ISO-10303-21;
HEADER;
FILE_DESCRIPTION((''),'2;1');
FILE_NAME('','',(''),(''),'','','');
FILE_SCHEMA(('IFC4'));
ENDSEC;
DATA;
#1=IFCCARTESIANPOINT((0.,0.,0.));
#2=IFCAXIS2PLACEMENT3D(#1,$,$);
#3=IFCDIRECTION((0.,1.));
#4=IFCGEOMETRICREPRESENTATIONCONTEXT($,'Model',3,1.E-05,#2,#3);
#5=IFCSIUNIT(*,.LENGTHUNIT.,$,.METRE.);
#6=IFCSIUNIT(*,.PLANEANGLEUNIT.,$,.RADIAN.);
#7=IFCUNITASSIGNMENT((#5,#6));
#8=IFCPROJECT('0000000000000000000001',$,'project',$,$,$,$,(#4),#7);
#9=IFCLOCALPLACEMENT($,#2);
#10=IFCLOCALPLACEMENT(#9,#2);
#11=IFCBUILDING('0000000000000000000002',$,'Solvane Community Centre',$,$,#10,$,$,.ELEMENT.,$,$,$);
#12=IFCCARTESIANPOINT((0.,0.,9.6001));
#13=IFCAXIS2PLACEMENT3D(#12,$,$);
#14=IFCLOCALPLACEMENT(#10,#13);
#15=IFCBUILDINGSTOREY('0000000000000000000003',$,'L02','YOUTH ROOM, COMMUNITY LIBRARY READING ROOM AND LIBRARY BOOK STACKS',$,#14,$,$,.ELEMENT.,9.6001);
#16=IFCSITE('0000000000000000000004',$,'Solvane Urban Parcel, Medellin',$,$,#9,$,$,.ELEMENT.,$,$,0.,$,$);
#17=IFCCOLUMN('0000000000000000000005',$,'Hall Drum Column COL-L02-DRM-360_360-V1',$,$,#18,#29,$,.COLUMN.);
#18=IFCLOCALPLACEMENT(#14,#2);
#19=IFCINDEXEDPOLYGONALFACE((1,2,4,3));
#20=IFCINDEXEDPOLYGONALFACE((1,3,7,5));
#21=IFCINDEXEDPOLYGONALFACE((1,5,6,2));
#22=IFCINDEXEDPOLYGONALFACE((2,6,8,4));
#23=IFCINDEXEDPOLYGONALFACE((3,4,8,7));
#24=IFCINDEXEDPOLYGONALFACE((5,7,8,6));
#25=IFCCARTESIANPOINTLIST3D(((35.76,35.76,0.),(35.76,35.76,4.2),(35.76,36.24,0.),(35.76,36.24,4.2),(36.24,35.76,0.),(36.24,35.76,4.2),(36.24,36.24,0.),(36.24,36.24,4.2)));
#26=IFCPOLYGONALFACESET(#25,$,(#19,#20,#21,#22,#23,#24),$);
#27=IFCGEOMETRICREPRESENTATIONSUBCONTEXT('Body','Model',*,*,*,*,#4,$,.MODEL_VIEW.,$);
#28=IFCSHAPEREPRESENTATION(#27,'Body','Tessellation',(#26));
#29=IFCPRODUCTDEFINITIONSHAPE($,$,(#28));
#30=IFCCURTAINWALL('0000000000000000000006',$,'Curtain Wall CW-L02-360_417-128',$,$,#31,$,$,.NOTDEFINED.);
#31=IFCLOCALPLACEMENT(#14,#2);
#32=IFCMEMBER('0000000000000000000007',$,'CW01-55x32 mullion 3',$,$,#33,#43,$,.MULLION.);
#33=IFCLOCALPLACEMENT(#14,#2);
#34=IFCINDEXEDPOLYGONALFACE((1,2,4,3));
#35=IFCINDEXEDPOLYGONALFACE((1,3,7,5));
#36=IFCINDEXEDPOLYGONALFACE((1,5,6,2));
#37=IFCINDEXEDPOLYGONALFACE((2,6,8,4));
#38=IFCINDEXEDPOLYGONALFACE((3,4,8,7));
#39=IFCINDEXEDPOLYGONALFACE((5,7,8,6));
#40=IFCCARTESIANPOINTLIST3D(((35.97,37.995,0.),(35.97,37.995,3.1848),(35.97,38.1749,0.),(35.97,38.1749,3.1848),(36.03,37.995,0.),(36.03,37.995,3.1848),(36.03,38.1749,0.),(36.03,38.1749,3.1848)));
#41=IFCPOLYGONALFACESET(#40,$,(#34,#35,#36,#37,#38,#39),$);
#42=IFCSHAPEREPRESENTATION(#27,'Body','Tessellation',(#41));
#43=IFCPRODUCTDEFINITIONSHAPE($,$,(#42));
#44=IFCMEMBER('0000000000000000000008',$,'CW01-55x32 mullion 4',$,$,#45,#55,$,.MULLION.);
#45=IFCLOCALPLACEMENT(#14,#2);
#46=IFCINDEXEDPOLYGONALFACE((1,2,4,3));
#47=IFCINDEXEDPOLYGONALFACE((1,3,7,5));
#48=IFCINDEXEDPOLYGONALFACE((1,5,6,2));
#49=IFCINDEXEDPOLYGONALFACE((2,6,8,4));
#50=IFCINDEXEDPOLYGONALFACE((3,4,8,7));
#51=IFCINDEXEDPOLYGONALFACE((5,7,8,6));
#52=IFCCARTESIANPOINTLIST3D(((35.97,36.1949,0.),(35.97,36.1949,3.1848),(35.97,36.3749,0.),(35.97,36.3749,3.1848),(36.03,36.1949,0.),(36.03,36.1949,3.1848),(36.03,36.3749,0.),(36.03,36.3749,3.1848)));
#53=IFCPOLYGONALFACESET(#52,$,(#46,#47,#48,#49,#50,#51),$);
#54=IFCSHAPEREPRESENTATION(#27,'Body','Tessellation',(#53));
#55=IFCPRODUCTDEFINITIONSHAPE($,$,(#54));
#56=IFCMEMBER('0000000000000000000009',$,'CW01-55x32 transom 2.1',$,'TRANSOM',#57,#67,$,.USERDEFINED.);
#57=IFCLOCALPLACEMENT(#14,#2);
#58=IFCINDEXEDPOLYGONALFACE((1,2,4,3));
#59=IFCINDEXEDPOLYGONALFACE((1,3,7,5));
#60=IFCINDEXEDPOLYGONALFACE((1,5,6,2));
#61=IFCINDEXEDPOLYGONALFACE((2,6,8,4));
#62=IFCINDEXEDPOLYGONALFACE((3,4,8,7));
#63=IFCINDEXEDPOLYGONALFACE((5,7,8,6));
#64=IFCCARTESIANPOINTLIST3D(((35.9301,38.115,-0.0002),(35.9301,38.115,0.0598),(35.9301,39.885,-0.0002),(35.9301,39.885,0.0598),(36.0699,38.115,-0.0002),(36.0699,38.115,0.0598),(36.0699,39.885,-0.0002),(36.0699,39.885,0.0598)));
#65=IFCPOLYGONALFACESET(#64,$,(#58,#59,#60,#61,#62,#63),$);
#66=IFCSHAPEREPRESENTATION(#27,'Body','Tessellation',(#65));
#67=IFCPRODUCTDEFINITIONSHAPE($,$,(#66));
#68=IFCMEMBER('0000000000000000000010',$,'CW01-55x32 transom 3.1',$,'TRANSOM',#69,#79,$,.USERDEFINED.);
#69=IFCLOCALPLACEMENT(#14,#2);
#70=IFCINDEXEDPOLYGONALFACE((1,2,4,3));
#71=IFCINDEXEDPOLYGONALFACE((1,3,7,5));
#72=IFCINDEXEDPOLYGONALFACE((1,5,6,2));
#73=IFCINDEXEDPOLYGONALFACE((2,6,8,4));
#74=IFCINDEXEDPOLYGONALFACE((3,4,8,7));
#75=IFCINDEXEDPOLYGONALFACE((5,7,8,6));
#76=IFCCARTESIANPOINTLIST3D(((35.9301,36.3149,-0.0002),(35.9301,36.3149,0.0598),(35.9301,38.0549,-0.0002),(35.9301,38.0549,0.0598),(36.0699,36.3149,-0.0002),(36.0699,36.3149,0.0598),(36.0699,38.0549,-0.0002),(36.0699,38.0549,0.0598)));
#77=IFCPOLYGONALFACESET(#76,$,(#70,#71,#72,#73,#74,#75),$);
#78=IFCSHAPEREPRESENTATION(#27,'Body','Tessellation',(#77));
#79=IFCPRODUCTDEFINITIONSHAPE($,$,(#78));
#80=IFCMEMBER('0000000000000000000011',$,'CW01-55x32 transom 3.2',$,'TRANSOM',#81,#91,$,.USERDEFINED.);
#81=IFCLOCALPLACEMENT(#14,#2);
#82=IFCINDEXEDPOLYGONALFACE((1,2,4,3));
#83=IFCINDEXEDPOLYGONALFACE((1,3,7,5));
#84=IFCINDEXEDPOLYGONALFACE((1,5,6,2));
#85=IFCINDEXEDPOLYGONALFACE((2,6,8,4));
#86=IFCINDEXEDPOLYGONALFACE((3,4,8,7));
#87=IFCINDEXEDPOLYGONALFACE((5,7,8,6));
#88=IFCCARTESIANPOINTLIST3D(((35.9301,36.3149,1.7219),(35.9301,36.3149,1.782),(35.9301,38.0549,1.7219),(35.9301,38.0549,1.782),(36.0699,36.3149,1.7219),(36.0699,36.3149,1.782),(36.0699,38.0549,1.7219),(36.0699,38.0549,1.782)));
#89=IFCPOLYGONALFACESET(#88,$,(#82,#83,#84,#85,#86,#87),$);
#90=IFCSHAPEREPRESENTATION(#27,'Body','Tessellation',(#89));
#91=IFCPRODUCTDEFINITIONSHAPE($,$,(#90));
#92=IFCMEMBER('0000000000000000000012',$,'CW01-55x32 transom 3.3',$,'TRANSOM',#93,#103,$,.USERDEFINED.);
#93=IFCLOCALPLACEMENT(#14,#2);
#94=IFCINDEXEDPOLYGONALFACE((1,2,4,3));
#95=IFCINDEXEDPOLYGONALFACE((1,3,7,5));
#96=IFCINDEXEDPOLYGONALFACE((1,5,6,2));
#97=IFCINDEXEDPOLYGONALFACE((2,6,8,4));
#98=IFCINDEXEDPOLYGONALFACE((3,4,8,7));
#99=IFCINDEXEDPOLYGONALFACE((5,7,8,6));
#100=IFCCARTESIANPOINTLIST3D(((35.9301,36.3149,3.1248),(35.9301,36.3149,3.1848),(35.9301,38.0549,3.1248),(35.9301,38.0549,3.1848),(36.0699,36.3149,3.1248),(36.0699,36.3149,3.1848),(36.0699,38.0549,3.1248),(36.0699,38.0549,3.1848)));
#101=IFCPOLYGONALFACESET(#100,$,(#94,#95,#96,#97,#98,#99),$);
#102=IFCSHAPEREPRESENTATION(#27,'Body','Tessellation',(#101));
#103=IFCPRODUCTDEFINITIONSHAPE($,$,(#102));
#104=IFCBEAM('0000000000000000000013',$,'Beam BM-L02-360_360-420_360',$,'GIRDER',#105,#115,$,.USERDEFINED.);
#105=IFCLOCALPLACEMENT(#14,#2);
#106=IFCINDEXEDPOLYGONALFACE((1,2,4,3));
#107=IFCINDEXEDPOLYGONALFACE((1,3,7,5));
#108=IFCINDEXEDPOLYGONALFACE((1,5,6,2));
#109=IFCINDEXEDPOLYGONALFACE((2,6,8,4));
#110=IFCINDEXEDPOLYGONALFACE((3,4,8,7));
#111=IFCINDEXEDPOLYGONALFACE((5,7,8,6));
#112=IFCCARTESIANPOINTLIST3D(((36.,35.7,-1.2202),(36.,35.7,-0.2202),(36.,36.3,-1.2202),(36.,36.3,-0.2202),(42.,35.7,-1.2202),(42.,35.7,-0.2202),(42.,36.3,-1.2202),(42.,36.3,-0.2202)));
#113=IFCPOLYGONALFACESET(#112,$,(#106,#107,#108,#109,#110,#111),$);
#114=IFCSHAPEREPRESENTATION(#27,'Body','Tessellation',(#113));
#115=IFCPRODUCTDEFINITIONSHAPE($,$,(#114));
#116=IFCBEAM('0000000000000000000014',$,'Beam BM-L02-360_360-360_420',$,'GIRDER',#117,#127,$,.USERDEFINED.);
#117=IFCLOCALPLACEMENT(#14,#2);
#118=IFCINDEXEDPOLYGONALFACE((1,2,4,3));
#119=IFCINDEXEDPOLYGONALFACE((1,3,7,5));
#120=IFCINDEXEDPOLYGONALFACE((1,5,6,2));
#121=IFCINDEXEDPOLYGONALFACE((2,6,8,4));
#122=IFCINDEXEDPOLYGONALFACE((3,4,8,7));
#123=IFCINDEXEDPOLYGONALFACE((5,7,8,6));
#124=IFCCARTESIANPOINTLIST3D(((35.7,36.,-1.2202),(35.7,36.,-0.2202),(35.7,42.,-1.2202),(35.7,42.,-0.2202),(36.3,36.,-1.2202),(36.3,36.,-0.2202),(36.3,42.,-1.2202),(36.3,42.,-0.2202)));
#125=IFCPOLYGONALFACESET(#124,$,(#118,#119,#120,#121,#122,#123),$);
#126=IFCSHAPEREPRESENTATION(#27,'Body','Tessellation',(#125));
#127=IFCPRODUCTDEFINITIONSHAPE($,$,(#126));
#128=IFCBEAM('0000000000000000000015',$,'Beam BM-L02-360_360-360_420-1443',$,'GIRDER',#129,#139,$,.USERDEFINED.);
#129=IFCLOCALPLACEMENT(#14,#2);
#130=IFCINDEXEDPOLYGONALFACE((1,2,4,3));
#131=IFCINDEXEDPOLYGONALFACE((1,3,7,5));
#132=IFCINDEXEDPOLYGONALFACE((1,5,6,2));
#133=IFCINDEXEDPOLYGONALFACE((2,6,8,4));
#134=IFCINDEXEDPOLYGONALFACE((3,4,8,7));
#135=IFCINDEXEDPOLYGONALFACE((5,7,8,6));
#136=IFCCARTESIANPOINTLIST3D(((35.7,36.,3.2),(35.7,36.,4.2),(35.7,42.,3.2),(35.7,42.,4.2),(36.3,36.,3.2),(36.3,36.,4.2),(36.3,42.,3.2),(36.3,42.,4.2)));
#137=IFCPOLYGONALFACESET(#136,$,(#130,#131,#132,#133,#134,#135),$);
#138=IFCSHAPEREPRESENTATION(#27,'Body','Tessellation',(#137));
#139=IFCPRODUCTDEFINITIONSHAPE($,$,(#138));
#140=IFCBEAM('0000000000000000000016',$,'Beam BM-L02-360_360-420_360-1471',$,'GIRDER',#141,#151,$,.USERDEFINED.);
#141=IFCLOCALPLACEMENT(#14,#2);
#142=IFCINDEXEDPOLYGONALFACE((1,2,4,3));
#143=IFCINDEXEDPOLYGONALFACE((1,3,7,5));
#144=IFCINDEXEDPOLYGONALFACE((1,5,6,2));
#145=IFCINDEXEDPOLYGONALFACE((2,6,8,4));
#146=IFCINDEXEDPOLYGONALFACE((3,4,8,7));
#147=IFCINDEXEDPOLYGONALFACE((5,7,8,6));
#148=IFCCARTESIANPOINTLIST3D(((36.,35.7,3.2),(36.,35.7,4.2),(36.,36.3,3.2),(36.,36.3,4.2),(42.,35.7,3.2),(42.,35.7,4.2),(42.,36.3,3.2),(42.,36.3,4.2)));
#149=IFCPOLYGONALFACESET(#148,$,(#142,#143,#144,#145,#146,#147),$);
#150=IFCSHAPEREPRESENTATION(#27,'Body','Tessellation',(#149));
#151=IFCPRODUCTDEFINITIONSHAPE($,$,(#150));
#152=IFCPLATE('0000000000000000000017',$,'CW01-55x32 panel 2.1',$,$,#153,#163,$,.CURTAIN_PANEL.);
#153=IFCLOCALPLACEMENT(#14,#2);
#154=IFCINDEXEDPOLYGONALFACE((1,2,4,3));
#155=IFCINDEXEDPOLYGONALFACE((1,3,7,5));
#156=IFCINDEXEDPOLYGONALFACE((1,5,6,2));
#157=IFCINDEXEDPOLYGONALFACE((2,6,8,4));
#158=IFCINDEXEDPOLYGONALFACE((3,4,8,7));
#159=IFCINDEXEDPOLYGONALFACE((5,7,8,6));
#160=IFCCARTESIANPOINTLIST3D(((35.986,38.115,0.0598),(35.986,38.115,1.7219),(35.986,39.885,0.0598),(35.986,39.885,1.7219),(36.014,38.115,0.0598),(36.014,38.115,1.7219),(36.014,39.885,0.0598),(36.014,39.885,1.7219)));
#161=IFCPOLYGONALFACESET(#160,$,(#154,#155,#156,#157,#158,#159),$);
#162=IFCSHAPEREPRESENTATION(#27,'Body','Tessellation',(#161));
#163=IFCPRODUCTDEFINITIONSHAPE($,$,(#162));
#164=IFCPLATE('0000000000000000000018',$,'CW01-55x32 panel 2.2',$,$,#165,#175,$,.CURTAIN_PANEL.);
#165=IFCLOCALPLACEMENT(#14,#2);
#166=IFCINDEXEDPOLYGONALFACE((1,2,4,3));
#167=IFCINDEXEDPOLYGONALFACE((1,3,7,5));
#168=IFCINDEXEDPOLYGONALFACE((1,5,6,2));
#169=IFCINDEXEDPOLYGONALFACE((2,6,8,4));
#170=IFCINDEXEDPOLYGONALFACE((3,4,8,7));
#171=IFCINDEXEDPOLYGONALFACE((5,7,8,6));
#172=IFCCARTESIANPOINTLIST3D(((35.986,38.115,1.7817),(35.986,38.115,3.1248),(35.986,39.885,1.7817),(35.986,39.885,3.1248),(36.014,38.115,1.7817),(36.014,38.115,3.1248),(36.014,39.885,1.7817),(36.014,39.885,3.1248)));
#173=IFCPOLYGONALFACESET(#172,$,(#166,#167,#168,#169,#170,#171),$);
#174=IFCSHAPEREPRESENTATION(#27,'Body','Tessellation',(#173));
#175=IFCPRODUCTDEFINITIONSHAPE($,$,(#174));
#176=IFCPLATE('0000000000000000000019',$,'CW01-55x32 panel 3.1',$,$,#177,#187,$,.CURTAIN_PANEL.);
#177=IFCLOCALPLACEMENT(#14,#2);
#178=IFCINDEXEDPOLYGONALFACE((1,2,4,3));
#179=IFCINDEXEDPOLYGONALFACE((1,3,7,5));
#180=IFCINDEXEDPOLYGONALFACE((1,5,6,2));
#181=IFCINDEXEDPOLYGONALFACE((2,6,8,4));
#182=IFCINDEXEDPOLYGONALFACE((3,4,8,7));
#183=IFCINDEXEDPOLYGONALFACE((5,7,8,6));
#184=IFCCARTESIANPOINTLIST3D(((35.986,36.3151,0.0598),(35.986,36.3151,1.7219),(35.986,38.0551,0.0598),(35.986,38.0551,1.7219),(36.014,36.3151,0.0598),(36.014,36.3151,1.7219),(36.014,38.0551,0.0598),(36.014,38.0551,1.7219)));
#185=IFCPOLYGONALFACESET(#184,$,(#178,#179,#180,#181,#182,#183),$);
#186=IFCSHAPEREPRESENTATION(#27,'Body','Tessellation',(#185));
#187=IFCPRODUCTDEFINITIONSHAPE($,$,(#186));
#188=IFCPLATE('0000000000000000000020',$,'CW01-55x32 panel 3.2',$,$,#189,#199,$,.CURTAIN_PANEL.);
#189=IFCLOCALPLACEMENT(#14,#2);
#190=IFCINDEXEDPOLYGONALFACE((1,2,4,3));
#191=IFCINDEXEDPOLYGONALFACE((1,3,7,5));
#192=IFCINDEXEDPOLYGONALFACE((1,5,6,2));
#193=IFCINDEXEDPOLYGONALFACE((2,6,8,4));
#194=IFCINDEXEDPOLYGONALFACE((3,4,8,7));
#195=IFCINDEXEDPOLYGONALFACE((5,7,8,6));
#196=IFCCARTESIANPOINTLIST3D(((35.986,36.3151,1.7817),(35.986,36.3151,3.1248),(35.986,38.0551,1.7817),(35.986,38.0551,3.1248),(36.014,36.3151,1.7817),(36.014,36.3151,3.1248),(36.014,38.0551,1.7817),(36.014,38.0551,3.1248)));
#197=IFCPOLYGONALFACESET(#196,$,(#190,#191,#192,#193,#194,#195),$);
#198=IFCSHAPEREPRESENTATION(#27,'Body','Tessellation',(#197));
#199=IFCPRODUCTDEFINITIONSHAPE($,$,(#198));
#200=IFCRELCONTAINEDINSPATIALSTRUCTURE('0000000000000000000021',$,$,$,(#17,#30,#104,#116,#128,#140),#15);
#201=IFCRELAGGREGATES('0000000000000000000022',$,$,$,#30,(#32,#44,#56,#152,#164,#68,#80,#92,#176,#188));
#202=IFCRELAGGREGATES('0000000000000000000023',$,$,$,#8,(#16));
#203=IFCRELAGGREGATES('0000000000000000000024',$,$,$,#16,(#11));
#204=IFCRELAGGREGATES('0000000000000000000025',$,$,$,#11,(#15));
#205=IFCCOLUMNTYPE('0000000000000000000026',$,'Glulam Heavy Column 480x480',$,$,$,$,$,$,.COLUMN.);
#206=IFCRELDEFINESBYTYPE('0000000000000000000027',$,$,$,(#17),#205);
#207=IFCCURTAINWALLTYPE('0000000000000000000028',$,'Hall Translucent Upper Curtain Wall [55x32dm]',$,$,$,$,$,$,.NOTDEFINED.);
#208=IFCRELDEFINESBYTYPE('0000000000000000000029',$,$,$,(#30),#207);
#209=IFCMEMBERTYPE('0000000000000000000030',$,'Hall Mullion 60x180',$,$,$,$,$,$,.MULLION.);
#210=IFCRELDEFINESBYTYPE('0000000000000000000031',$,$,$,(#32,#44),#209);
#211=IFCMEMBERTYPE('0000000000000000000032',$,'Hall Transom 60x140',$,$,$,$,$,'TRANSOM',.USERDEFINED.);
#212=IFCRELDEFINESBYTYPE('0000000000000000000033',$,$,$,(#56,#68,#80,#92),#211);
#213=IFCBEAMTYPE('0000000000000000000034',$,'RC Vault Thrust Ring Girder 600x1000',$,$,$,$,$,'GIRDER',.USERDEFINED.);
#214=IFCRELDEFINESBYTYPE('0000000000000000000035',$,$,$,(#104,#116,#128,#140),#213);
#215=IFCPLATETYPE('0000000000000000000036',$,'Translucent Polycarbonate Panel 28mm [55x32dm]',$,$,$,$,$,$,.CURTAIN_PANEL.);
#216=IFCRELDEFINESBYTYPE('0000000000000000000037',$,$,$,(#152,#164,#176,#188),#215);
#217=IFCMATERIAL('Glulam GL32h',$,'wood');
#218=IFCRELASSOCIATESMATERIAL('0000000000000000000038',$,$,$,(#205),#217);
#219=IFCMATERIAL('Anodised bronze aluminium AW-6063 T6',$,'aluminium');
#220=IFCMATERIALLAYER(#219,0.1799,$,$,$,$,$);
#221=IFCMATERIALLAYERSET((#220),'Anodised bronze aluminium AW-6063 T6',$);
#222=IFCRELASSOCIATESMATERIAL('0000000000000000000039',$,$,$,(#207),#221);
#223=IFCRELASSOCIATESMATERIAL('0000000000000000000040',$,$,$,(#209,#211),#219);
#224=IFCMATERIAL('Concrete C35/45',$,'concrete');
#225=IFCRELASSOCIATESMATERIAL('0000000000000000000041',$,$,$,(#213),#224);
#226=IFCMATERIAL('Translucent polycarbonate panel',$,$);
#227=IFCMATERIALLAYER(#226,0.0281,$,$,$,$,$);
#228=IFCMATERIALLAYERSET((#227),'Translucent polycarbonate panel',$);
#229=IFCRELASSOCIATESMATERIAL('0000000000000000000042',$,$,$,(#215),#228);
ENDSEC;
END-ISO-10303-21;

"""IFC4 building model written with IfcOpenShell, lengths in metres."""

from ifc_helpers import new_model, si_unit, direction, frame, origin, origin_2d, place, context, subcontext, project, spatial, rectangle, extrude, material, layer, layer_set, material_profile, profile_set, type_object, element, aggregate, save


model = new_model("IFC4")

# Units and contexts
model_context = context("Model", 3, precision=1e-05, world=origin(), true_north=direction((0.0, 1.0)))
body_context = subcontext(model_context, "Body", "Model", "MODEL_VIEW")
ifc_project = project(units=[si_unit("LENGTHUNIT", "METRE"), si_unit("PLANEANGLEUNIT", "RADIAN")], contexts=[model_context])

# Site, building, storey
site_placement = place(None, origin())
site = spatial("IfcSite", under=ifc_project, at=site_placement, Name="Solvane Urban Parcel, Medellin", CompositionType="ELEMENT", RefElevation=0.0)
building_placement = place(site_placement, origin())
building = spatial("IfcBuilding", under=site, at=building_placement, Name="Solvane Community Centre", CompositionType="ELEMENT")
storey_placement = place(building_placement, frame((0.0, 0.0, 9.6001)))
storey = spatial("IfcBuildingStorey", under=building, at=storey_placement, Name="L02", Description="YOUTH ROOM, COMMUNITY LIBRARY READING ROOM AND LIBRARY BOOK STACKS", CompositionType="ELEMENT", Elevation=9.6001)

# Column
ifc_material_1 = material(Name="Glulam GL32h", Category="wood")
ifc_material_profile_1 = material_profile(ifc_material_1, rectangle(XDim=0.48, YDim=0.48, at=origin_2d()), Name="GL32h 480x480")
ifc_profile_set_1 = profile_set([ifc_material_profile_1], Name="Glulam GL32h")
column_type = type_object("IfcColumnType", Name="Glulam Heavy Column 480x480", PredefinedType="COLUMN", material=ifc_profile_set_1)
column_placement = place(storey_placement, frame((36.0, 36.0, 0.0), z_axis=(0.0, 0.0, 1.0), x_axis=(1.0, 0.0, 0.0)))
element("IfcColumn", 1, at=column_placement, inside=storey, type_object=column_type, Name="Hall Drum Column COL-L02-DRM-360_360-V1", PredefinedType="COLUMN", context=body_context, shape_type="SweptSolid", body=[
    extrude(rectangle(XDim=0.48, YDim=0.48, at=origin_2d()), origin(), (0.0, 0.0, 1.0), 4.2),
])

# Curtain wall, members
ifc_material_2 = material(Name="Anodised bronze aluminium AW-6063 T6", Category="aluminium")
ifc_layer_1 = layer(ifc_material_2, 0.1799)
ifc_layer_set_1 = layer_set([ifc_layer_1], Name="Anodised bronze aluminium AW-6063 T6")
curtain_wall_type = type_object("IfcCurtainWallType", Name="Hall Translucent Upper Curtain Wall [55x32dm]", PredefinedType="NOTDEFINED", material=ifc_layer_set_1)
curtain_wall_placement = place(storey_placement, origin())
curtain_wall = element("IfcCurtainWall", 2, at=curtain_wall_placement, inside=storey, type_object=curtain_wall_type, Name="Curtain Wall CW-L02-360_417-128", PredefinedType="NOTDEFINED")
ifc_material_profile_2 = material_profile(ifc_material_2, rectangle(XDim=0.0601, YDim=0.1799, at=origin_2d()), Name="CW-M 60x180")
ifc_profile_set_2 = profile_set([ifc_material_profile_2], Name="Anodised bronze aluminium AW-6063 T6")
member_type_1 = type_object("IfcMemberType", Name="Hall Mullion 60x180", PredefinedType="MULLION", material=ifc_profile_set_2)
member_1_placement = place(storey_placement, frame((36.0, 38.085, 0.0), z_axis=(0.0, 0.0, 1.0), x_axis=(1.0, 0.0, 0.0)))
member_1 = element("IfcMember", 3, at=member_1_placement, type_object=member_type_1, Name="CW01-55x32 mullion 3", PredefinedType="MULLION", context=body_context, shape_type="SweptSolid", body=[
    extrude(rectangle(XDim=0.0601, YDim=0.1799, at=origin_2d()), origin(), (0.0, 0.0, 1.0), 3.1848),
])
member_2_placement = place(storey_placement, frame((36.0, 36.2849, 0.0), z_axis=(0.0, 0.0, 1.0), x_axis=(1.0, 0.0, 0.0)))
member_2 = element("IfcMember", 4, at=member_2_placement, type_object=member_type_1, Name="CW01-55x32 mullion 4", PredefinedType="MULLION", context=body_context, shape_type="SweptSolid", body=[
    extrude(rectangle(XDim=0.0601, YDim=0.1799, at=origin_2d()), origin(), (0.0, 0.0, 1.0), 3.1848),
])
ifc_material_profile_3 = material_profile(ifc_material_2, rectangle(XDim=0.1399, YDim=0.0601, at=origin_2d()), Name="CW-T 60x140")
ifc_profile_set_3 = profile_set([ifc_material_profile_3], Name="Anodised bronze aluminium AW-6063 T6")
member_type_2 = type_object("IfcMemberType", Name="Hall Transom 60x140", ElementType="TRANSOM", PredefinedType="USERDEFINED", material=ifc_profile_set_3)
member_3_placement = place(storey_placement, frame((36.0, 39.885, 0.0298), z_axis=(0.0, -1.0, 0.0), x_axis=(1.0, 0.0, 0.0)))
member_3 = element("IfcMember", 5, at=member_3_placement, type_object=member_type_2, Name="CW01-55x32 transom 2.1", ObjectType="TRANSOM", PredefinedType="USERDEFINED", context=body_context, shape_type="SweptSolid", body=[
    extrude(rectangle(XDim=0.1399, YDim=0.0601, at=origin_2d()), origin(), (0.0, 0.0, 1.0), 1.77),
])
member_4_placement = place(storey_placement, frame((36.0, 38.0549, 0.0298), z_axis=(0.0, -1.0, 0.0), x_axis=(1.0, 0.0, 0.0)))
member_4 = element("IfcMember", 6, at=member_4_placement, type_object=member_type_2, Name="CW01-55x32 transom 3.1", ObjectType="TRANSOM", PredefinedType="USERDEFINED", context=body_context, shape_type="SweptSolid", body=[
    extrude(rectangle(XDim=0.1399, YDim=0.0601, at=origin_2d()), origin(), (0.0, 0.0, 1.0), 1.74),
])
member_5_placement = place(storey_placement, frame((36.0, 38.0549, 1.752), z_axis=(0.0, -1.0, 0.0), x_axis=(1.0, 0.0, 0.0)))
member_5 = element("IfcMember", 7, at=member_5_placement, type_object=member_type_2, Name="CW01-55x32 transom 3.2", ObjectType="TRANSOM", PredefinedType="USERDEFINED", context=body_context, shape_type="SweptSolid", body=[
    extrude(rectangle(XDim=0.1399, YDim=0.0601, at=origin_2d()), origin(), (0.0, 0.0, 1.0), 1.74),
])
member_6_placement = place(storey_placement, frame((36.0, 38.0549, 3.1548), z_axis=(0.0, -1.0, 0.0), x_axis=(1.0, 0.0, 0.0)))
member_6 = element("IfcMember", 8, at=member_6_placement, type_object=member_type_2, Name="CW01-55x32 transom 3.3", ObjectType="TRANSOM", PredefinedType="USERDEFINED", context=body_context, shape_type="SweptSolid", body=[
    extrude(rectangle(XDim=0.1399, YDim=0.0601, at=origin_2d()), origin(), (0.0, 0.0, 1.0), 1.74),
])

# Beams
ifc_material_3 = material(Name="Concrete C35/45", Category="concrete")
ifc_material_profile_4 = material_profile(ifc_material_3, rectangle(XDim=0.6001, YDim=1.0, at=origin_2d()), Name="RC 600x1000")
ifc_profile_set_4 = profile_set([ifc_material_profile_4], Name="Concrete C35/45")
beam_type = type_object("IfcBeamType", Name="RC Vault Thrust Ring Girder 600x1000", ElementType="GIRDER", PredefinedType="USERDEFINED", material=ifc_profile_set_4)
for number, where, z_axis, x_axis, name in (
    (9, (36.0, 36.0, -0.7202), (1.0, 0.0, 0.0), (0.0, 1.0, 0.0), "Beam BM-L02-360_360-420_360"),
    (10, (36.0, 36.0, -0.7202), (0.0, 1.0, 0.0), (-1.0, 0.0, 0.0), "Beam BM-L02-360_360-360_420"),
    (11, (36.0, 36.0, 3.7), (0.0, 1.0, 0.0), (-1.0, 0.0, 0.0), "Beam BM-L02-360_360-360_420-1443"),
    (12, (36.0, 36.0, 3.7), (1.0, 0.0, 0.0), (0.0, 1.0, 0.0), "Beam BM-L02-360_360-420_360-1471"),
):
    element("IfcBeam", number, at=place(storey_placement, frame(where, z_axis=z_axis, x_axis=x_axis)), inside=storey, type_object=beam_type, Name=name, ObjectType="GIRDER", PredefinedType="USERDEFINED", context=body_context, shape_type="SweptSolid", body=[
        extrude(rectangle(XDim=0.6001, YDim=1.0, at=origin_2d()), origin(), (0.0, 0.0, 1.0), 6.0),
    ])

# Plates
ifc_material_4 = material(Name="Translucent polycarbonate panel")
ifc_layer_2 = layer(ifc_material_4, 0.0281)
ifc_layer_set_2 = layer_set([ifc_layer_2], Name="Translucent polycarbonate panel")
plate_type = type_object("IfcPlateType", Name="Translucent Polycarbonate Panel 28mm [55x32dm]", PredefinedType="CURTAIN_PANEL", material=ifc_layer_set_2)
plate_1_placement = place(storey_placement, frame((36.0, 39.0, 0.0598), z_axis=(0.0, 0.0, 1.0), x_axis=(0.0, -1.0, 0.0)))
plate_1 = element("IfcPlate", 13, at=plate_1_placement, type_object=plate_type, Name="CW01-55x32 panel 2.1", PredefinedType="CURTAIN_PANEL", context=body_context, shape_type="SweptSolid", body=[
    extrude(rectangle(XDim=1.77, YDim=0.0281, at=origin_2d()), origin(), (0.0, 0.0, 1.0), 1.6621),
])
plate_2_placement = place(storey_placement, frame((36.0, 39.0, 1.7817), z_axis=(0.0, 0.0, 1.0), x_axis=(0.0, -1.0, 0.0)))
plate_2 = element("IfcPlate", 14, at=plate_2_placement, type_object=plate_type, Name="CW01-55x32 panel 2.2", PredefinedType="CURTAIN_PANEL", context=body_context, shape_type="SweptSolid", body=[
    extrude(rectangle(XDim=1.77, YDim=0.0281, at=origin_2d()), origin(), (0.0, 0.0, 1.0), 1.343),
])
plate_3_placement = place(storey_placement, frame((36.0, 37.1851, 0.0598), z_axis=(0.0, 0.0, 1.0), x_axis=(0.0, -1.0, 0.0)))
plate_3 = element("IfcPlate", 15, at=plate_3_placement, type_object=plate_type, Name="CW01-55x32 panel 3.1", PredefinedType="CURTAIN_PANEL", context=body_context, shape_type="SweptSolid", body=[
    extrude(rectangle(XDim=1.74, YDim=0.0281, at=origin_2d()), origin(), (0.0, 0.0, 1.0), 1.6621),
])
plate_4_placement = place(storey_placement, frame((36.0, 37.1851, 1.7817), z_axis=(0.0, 0.0, 1.0), x_axis=(0.0, -1.0, 0.0)))
plate_4 = element("IfcPlate", 16, at=plate_4_placement, type_object=plate_type, Name="CW01-55x32 panel 3.2", PredefinedType="CURTAIN_PANEL", context=body_context, shape_type="SweptSolid", body=[
    extrude(rectangle(XDim=1.74, YDim=0.0281, at=origin_2d()), origin(), (0.0, 0.0, 1.0), 1.343),
])
aggregate(curtain_wall, [member_1, member_2, member_3, plate_1, plate_2, member_4, member_5, member_6, plate_3, plate_4])

save(model, "model.ifc")
